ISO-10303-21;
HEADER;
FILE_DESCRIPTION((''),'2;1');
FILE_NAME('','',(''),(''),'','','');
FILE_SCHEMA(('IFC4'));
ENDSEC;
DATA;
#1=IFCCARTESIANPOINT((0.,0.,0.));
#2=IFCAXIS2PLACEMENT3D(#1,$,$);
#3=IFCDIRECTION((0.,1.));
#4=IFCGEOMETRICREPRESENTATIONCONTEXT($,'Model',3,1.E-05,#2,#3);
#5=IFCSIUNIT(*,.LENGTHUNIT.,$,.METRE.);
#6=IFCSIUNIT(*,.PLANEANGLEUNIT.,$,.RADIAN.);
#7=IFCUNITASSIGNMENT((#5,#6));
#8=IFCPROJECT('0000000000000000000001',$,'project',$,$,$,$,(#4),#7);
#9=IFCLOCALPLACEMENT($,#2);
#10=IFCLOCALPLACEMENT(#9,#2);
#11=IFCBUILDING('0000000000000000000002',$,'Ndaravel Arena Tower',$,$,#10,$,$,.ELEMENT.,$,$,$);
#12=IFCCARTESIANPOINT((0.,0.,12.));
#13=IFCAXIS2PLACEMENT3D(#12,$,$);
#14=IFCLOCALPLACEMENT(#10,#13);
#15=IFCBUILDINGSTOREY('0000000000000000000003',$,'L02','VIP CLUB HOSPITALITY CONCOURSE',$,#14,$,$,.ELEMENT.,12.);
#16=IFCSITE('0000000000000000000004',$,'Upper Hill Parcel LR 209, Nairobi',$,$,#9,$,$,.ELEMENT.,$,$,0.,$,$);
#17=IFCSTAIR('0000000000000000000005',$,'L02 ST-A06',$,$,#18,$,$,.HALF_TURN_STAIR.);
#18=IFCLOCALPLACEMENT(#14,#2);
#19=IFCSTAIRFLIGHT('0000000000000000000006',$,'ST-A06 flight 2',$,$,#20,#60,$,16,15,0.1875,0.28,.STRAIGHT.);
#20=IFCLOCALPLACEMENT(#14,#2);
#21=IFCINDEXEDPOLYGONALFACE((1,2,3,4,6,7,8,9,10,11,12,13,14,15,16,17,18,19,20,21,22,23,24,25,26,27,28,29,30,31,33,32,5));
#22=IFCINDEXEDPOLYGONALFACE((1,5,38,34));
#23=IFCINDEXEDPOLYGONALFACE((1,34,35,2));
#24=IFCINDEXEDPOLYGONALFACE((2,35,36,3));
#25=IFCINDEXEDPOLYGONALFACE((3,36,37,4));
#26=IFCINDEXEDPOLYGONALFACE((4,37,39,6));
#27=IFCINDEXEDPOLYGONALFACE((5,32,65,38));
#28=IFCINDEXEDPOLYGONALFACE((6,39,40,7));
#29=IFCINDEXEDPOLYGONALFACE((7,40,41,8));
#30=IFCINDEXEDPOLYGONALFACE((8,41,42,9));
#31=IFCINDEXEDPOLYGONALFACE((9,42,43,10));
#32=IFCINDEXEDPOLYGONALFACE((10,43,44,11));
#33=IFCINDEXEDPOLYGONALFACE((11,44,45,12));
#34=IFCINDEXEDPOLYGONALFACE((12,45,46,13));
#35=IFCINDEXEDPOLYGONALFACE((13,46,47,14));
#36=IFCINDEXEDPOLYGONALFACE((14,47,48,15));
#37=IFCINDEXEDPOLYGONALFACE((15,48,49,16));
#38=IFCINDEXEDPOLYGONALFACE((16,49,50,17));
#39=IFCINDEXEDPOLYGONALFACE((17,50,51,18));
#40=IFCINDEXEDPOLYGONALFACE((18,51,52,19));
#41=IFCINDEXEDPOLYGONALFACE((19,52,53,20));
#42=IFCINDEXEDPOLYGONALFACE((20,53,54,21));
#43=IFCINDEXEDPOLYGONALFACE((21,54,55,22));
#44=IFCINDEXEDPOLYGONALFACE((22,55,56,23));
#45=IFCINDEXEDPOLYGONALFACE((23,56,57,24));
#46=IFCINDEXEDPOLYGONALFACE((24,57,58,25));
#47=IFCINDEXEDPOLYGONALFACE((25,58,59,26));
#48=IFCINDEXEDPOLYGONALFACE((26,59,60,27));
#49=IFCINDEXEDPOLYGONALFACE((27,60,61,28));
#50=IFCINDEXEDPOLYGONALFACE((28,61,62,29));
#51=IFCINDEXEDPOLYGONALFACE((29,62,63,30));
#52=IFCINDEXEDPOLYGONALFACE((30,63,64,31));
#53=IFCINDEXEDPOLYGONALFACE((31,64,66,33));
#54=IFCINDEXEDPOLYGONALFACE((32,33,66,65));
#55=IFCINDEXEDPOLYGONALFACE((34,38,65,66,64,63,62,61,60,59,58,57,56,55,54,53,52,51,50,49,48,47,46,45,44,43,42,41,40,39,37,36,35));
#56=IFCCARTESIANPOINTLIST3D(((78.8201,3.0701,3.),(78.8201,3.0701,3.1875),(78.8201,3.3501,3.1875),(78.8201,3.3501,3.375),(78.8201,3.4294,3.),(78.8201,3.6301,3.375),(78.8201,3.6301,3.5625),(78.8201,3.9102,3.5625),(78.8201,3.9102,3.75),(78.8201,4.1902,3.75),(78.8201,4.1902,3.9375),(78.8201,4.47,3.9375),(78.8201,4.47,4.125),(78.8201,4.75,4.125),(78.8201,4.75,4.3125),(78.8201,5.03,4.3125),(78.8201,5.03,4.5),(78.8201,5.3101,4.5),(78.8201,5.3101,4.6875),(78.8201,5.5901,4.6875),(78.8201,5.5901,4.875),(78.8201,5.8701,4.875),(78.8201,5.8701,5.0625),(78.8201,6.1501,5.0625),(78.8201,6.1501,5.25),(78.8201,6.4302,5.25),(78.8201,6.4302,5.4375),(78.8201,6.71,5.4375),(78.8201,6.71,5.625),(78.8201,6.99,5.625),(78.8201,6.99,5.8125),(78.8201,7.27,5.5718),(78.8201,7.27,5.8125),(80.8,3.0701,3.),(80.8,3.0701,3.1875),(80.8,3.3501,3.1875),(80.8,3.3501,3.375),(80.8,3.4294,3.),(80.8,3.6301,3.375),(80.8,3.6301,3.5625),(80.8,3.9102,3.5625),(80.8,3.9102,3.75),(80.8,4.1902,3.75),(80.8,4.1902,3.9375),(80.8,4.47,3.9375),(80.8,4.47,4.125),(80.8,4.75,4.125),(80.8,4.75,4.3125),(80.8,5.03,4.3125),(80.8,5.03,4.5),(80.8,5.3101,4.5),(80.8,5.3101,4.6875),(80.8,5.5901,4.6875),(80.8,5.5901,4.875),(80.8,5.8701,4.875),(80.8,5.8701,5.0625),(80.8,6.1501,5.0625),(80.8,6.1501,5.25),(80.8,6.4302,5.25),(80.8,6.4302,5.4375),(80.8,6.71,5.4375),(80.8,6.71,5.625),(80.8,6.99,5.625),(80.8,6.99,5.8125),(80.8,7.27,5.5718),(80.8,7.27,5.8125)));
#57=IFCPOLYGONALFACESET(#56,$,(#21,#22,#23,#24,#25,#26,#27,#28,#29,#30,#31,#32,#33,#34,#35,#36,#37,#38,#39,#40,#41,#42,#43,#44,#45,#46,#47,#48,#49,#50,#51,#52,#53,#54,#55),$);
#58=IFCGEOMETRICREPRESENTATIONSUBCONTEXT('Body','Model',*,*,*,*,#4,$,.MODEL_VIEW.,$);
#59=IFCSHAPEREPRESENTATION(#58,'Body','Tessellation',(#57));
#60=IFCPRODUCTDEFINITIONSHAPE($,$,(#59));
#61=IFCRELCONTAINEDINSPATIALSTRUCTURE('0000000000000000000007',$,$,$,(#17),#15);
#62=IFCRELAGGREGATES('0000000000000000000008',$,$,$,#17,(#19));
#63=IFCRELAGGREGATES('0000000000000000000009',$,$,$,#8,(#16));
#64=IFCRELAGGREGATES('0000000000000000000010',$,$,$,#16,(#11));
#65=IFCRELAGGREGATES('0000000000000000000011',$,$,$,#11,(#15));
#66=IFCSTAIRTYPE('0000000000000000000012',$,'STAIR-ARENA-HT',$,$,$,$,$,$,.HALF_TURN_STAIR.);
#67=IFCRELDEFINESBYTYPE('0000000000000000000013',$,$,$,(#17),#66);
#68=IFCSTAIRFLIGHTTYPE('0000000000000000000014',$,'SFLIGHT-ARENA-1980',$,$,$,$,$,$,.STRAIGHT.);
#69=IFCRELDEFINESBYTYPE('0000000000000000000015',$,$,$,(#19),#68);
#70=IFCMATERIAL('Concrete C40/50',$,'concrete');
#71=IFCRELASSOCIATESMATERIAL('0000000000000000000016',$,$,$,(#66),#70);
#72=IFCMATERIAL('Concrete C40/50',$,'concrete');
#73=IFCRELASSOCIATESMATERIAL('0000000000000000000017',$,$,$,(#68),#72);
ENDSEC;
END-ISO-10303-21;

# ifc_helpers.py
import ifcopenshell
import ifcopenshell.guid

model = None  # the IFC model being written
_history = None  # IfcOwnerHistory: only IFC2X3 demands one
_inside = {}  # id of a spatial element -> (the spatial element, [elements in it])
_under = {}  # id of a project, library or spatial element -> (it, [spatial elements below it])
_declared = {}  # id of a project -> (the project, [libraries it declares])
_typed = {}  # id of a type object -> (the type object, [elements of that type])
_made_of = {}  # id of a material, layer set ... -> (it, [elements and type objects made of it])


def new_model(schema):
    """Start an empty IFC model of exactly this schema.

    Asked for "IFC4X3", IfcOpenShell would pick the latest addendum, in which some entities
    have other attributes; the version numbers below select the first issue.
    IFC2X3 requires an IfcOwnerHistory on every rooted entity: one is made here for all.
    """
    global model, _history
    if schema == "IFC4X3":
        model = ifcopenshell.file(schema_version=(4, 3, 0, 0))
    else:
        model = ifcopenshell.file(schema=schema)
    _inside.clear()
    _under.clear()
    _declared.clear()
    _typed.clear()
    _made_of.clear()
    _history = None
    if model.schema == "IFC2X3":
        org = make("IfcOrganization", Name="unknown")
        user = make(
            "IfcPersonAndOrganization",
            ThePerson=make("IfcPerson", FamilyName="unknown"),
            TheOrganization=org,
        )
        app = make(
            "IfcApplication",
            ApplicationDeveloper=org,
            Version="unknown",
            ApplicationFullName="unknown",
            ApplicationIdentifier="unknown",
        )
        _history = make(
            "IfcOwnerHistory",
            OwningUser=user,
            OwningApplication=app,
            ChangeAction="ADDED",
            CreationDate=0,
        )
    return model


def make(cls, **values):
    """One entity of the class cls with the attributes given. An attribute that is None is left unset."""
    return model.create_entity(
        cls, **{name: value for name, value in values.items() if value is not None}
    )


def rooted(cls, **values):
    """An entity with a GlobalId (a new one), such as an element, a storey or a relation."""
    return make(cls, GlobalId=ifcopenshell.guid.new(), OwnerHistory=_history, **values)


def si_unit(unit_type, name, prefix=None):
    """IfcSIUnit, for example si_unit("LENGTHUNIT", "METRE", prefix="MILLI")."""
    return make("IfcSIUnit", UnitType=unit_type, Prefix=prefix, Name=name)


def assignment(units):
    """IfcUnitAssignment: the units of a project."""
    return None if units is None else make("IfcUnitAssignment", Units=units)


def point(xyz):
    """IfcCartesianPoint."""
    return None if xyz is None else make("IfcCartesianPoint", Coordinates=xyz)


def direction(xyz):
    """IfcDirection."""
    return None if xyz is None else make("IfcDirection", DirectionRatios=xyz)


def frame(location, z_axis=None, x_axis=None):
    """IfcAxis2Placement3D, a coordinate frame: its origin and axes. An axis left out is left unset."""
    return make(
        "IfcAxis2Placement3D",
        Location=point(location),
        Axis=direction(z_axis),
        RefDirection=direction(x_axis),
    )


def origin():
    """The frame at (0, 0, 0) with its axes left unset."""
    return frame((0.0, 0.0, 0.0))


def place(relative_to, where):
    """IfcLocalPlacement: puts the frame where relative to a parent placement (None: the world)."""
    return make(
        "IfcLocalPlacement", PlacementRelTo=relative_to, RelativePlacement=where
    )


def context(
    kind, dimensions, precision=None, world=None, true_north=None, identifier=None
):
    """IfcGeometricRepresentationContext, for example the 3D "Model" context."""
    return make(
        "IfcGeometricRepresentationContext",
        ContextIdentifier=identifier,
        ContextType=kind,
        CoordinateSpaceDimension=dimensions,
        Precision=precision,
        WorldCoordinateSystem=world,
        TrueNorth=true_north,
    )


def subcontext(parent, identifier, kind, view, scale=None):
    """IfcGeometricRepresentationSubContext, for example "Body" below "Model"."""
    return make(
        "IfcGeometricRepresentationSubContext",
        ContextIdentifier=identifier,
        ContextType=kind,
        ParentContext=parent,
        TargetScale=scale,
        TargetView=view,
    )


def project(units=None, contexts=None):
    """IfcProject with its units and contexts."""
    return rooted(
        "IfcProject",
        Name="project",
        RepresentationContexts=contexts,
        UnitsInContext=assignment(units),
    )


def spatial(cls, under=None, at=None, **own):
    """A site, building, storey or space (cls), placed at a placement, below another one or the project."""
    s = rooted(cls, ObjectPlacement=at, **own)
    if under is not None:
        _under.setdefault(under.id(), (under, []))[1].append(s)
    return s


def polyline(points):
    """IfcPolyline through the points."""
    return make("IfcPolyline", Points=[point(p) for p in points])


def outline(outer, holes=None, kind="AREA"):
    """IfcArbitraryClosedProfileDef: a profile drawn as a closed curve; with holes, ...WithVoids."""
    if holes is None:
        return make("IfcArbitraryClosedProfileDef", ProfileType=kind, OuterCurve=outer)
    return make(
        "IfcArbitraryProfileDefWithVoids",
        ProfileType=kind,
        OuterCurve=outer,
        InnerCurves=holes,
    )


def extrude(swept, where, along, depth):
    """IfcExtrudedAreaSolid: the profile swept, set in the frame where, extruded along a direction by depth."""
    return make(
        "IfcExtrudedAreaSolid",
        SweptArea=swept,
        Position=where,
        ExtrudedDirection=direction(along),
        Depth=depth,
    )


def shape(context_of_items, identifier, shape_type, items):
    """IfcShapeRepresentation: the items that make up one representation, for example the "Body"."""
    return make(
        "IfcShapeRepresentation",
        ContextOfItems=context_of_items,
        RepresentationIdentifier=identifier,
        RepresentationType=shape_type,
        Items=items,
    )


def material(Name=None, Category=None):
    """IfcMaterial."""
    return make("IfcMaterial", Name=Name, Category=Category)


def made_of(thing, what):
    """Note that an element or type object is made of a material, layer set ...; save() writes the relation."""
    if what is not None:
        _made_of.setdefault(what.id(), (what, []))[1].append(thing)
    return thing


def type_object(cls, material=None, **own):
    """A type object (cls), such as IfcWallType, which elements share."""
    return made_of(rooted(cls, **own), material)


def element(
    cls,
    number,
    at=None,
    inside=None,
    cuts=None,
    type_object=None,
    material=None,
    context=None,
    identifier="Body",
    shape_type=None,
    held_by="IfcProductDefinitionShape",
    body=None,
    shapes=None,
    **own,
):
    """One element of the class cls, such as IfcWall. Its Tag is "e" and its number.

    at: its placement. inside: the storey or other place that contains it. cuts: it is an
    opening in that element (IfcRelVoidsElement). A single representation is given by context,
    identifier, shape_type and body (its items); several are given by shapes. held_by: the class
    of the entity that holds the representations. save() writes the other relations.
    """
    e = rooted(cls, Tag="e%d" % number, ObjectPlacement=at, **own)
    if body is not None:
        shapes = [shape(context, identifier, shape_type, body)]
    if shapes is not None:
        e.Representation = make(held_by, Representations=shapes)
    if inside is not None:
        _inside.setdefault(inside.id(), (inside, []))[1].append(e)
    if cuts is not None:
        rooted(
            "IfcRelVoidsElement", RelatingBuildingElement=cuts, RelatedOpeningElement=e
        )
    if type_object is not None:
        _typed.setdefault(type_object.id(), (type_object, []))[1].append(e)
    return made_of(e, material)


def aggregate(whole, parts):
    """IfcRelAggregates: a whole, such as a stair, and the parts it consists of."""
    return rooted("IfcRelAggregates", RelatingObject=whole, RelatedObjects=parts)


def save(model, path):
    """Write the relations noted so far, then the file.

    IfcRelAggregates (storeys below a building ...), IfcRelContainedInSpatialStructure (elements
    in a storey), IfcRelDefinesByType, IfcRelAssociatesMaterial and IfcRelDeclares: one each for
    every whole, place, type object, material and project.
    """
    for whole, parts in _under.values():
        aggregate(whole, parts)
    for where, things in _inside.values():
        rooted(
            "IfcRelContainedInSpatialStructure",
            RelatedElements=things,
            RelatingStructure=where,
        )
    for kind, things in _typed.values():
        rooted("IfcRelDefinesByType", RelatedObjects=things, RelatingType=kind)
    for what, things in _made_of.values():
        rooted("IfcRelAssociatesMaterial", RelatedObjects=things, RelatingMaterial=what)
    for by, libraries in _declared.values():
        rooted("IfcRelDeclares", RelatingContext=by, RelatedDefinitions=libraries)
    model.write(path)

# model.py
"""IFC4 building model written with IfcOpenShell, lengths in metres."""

from ifc_helpers import new_model, si_unit, direction, frame, origin, place, context, subcontext, project, spatial, polyline, outline, extrude, material, type_object, element, aggregate, save


model = new_model("IFC4")

# Units and contexts
model_context = context("Model", 3, precision=1e-05, world=origin(), true_north=direction((0.0, 1.0)))
body_context = subcontext(model_context, "Body", "Model", "MODEL_VIEW")
ifc_project = project(units=[si_unit("LENGTHUNIT", "METRE"), si_unit("PLANEANGLEUNIT", "RADIAN")], contexts=[model_context])

# Site, building, storey
site_placement = place(None, origin())
site = spatial("IfcSite", under=ifc_project, at=site_placement, Name="Upper Hill Parcel LR 209, Nairobi", CompositionType="ELEMENT", RefElevation=0.0)
building_placement = place(site_placement, origin())
building = spatial("IfcBuilding", under=site, at=building_placement, Name="Ndaravel Arena Tower", CompositionType="ELEMENT")
storey_placement = place(building_placement, frame((0.0, 0.0, 12.0)))
storey = spatial("IfcBuildingStorey", under=building, at=storey_placement, Name="L02", Description="VIP CLUB HOSPITALITY CONCOURSE", CompositionType="ELEMENT", Elevation=12.0)

# Stair, stair flight
ifc_material_1 = material(Name="Concrete C40/50", Category="concrete")
stair_type = type_object("IfcStairType", Name="STAIR-ARENA-HT", PredefinedType="HALF_TURN_STAIR", material=ifc_material_1)
ifc_material_2 = material(Name="Concrete C40/50", Category="concrete")
stair_flight_type = type_object("IfcStairFlightType", Name="SFLIGHT-ARENA-1980", PredefinedType="STRAIGHT", material=ifc_material_2)
stair_1_placement = place(storey_placement, origin())
stair_1 = element("IfcStair", 1, at=stair_1_placement, inside=storey, type_object=stair_type, Name="L02 ST-A06", PredefinedType="HALF_TURN_STAIR")
stair_flight_1_placement = place(storey_placement, frame((79.8101, 3.0701, 3.0), z_axis=(0.0, 0.0, 1.0), x_axis=(0.0, 1.0, 0.0)))
stair_flight_1 = element("IfcStairFlight", 2, at=stair_flight_1_placement, type_object=stair_flight_type, Name="ST-A06 flight 2", NumberOfRisers=16, NumberOfTreads=15, PredefinedType="STRAIGHT", RiserHeight=0.1875, TreadLength=0.28, context=body_context, shape_type="SweptSolid", body=[
    extrude(outline(polyline([(0.0, 0.0), (0.0, 0.1875), (0.28, 0.1875), (0.28, 0.375), (0.5601, 0.375), (0.5601, 0.5625), (0.8401, 0.5625), (0.8401, 0.75), (1.1201, 0.75), (1.1201, 0.9375), (1.3999, 0.9375), (1.3999, 1.125), (1.6799, 1.125), (1.6799, 1.3125), (1.96, 1.3125), (1.96, 1.5), (2.24, 1.5), (2.24, 1.6875), (2.52, 1.6875), (2.52, 1.875), (2.8, 1.875), (2.8, 2.0625), (3.0801, 2.0625), (3.0801, 2.25), (3.3601, 2.25), (3.3601, 2.4375), (3.6399, 2.4375), (3.6399, 2.625), (3.9199, 2.625), (3.9199, 2.8125), (4.2, 2.8125), (4.2, 3.0), (4.2, 2.5718), (0.3594, 0.0), (0.0, 0.0)])), frame((0.0, 0.99, 0.0), z_axis=(0.0, -1.0, 0.0), x_axis=(1.0, 0.0, 0.0)), (0.0, 0.0, 1.0), 1.98),
])
aggregate(stair_1, [stair_flight_1])

save(model, "model.ifc")
